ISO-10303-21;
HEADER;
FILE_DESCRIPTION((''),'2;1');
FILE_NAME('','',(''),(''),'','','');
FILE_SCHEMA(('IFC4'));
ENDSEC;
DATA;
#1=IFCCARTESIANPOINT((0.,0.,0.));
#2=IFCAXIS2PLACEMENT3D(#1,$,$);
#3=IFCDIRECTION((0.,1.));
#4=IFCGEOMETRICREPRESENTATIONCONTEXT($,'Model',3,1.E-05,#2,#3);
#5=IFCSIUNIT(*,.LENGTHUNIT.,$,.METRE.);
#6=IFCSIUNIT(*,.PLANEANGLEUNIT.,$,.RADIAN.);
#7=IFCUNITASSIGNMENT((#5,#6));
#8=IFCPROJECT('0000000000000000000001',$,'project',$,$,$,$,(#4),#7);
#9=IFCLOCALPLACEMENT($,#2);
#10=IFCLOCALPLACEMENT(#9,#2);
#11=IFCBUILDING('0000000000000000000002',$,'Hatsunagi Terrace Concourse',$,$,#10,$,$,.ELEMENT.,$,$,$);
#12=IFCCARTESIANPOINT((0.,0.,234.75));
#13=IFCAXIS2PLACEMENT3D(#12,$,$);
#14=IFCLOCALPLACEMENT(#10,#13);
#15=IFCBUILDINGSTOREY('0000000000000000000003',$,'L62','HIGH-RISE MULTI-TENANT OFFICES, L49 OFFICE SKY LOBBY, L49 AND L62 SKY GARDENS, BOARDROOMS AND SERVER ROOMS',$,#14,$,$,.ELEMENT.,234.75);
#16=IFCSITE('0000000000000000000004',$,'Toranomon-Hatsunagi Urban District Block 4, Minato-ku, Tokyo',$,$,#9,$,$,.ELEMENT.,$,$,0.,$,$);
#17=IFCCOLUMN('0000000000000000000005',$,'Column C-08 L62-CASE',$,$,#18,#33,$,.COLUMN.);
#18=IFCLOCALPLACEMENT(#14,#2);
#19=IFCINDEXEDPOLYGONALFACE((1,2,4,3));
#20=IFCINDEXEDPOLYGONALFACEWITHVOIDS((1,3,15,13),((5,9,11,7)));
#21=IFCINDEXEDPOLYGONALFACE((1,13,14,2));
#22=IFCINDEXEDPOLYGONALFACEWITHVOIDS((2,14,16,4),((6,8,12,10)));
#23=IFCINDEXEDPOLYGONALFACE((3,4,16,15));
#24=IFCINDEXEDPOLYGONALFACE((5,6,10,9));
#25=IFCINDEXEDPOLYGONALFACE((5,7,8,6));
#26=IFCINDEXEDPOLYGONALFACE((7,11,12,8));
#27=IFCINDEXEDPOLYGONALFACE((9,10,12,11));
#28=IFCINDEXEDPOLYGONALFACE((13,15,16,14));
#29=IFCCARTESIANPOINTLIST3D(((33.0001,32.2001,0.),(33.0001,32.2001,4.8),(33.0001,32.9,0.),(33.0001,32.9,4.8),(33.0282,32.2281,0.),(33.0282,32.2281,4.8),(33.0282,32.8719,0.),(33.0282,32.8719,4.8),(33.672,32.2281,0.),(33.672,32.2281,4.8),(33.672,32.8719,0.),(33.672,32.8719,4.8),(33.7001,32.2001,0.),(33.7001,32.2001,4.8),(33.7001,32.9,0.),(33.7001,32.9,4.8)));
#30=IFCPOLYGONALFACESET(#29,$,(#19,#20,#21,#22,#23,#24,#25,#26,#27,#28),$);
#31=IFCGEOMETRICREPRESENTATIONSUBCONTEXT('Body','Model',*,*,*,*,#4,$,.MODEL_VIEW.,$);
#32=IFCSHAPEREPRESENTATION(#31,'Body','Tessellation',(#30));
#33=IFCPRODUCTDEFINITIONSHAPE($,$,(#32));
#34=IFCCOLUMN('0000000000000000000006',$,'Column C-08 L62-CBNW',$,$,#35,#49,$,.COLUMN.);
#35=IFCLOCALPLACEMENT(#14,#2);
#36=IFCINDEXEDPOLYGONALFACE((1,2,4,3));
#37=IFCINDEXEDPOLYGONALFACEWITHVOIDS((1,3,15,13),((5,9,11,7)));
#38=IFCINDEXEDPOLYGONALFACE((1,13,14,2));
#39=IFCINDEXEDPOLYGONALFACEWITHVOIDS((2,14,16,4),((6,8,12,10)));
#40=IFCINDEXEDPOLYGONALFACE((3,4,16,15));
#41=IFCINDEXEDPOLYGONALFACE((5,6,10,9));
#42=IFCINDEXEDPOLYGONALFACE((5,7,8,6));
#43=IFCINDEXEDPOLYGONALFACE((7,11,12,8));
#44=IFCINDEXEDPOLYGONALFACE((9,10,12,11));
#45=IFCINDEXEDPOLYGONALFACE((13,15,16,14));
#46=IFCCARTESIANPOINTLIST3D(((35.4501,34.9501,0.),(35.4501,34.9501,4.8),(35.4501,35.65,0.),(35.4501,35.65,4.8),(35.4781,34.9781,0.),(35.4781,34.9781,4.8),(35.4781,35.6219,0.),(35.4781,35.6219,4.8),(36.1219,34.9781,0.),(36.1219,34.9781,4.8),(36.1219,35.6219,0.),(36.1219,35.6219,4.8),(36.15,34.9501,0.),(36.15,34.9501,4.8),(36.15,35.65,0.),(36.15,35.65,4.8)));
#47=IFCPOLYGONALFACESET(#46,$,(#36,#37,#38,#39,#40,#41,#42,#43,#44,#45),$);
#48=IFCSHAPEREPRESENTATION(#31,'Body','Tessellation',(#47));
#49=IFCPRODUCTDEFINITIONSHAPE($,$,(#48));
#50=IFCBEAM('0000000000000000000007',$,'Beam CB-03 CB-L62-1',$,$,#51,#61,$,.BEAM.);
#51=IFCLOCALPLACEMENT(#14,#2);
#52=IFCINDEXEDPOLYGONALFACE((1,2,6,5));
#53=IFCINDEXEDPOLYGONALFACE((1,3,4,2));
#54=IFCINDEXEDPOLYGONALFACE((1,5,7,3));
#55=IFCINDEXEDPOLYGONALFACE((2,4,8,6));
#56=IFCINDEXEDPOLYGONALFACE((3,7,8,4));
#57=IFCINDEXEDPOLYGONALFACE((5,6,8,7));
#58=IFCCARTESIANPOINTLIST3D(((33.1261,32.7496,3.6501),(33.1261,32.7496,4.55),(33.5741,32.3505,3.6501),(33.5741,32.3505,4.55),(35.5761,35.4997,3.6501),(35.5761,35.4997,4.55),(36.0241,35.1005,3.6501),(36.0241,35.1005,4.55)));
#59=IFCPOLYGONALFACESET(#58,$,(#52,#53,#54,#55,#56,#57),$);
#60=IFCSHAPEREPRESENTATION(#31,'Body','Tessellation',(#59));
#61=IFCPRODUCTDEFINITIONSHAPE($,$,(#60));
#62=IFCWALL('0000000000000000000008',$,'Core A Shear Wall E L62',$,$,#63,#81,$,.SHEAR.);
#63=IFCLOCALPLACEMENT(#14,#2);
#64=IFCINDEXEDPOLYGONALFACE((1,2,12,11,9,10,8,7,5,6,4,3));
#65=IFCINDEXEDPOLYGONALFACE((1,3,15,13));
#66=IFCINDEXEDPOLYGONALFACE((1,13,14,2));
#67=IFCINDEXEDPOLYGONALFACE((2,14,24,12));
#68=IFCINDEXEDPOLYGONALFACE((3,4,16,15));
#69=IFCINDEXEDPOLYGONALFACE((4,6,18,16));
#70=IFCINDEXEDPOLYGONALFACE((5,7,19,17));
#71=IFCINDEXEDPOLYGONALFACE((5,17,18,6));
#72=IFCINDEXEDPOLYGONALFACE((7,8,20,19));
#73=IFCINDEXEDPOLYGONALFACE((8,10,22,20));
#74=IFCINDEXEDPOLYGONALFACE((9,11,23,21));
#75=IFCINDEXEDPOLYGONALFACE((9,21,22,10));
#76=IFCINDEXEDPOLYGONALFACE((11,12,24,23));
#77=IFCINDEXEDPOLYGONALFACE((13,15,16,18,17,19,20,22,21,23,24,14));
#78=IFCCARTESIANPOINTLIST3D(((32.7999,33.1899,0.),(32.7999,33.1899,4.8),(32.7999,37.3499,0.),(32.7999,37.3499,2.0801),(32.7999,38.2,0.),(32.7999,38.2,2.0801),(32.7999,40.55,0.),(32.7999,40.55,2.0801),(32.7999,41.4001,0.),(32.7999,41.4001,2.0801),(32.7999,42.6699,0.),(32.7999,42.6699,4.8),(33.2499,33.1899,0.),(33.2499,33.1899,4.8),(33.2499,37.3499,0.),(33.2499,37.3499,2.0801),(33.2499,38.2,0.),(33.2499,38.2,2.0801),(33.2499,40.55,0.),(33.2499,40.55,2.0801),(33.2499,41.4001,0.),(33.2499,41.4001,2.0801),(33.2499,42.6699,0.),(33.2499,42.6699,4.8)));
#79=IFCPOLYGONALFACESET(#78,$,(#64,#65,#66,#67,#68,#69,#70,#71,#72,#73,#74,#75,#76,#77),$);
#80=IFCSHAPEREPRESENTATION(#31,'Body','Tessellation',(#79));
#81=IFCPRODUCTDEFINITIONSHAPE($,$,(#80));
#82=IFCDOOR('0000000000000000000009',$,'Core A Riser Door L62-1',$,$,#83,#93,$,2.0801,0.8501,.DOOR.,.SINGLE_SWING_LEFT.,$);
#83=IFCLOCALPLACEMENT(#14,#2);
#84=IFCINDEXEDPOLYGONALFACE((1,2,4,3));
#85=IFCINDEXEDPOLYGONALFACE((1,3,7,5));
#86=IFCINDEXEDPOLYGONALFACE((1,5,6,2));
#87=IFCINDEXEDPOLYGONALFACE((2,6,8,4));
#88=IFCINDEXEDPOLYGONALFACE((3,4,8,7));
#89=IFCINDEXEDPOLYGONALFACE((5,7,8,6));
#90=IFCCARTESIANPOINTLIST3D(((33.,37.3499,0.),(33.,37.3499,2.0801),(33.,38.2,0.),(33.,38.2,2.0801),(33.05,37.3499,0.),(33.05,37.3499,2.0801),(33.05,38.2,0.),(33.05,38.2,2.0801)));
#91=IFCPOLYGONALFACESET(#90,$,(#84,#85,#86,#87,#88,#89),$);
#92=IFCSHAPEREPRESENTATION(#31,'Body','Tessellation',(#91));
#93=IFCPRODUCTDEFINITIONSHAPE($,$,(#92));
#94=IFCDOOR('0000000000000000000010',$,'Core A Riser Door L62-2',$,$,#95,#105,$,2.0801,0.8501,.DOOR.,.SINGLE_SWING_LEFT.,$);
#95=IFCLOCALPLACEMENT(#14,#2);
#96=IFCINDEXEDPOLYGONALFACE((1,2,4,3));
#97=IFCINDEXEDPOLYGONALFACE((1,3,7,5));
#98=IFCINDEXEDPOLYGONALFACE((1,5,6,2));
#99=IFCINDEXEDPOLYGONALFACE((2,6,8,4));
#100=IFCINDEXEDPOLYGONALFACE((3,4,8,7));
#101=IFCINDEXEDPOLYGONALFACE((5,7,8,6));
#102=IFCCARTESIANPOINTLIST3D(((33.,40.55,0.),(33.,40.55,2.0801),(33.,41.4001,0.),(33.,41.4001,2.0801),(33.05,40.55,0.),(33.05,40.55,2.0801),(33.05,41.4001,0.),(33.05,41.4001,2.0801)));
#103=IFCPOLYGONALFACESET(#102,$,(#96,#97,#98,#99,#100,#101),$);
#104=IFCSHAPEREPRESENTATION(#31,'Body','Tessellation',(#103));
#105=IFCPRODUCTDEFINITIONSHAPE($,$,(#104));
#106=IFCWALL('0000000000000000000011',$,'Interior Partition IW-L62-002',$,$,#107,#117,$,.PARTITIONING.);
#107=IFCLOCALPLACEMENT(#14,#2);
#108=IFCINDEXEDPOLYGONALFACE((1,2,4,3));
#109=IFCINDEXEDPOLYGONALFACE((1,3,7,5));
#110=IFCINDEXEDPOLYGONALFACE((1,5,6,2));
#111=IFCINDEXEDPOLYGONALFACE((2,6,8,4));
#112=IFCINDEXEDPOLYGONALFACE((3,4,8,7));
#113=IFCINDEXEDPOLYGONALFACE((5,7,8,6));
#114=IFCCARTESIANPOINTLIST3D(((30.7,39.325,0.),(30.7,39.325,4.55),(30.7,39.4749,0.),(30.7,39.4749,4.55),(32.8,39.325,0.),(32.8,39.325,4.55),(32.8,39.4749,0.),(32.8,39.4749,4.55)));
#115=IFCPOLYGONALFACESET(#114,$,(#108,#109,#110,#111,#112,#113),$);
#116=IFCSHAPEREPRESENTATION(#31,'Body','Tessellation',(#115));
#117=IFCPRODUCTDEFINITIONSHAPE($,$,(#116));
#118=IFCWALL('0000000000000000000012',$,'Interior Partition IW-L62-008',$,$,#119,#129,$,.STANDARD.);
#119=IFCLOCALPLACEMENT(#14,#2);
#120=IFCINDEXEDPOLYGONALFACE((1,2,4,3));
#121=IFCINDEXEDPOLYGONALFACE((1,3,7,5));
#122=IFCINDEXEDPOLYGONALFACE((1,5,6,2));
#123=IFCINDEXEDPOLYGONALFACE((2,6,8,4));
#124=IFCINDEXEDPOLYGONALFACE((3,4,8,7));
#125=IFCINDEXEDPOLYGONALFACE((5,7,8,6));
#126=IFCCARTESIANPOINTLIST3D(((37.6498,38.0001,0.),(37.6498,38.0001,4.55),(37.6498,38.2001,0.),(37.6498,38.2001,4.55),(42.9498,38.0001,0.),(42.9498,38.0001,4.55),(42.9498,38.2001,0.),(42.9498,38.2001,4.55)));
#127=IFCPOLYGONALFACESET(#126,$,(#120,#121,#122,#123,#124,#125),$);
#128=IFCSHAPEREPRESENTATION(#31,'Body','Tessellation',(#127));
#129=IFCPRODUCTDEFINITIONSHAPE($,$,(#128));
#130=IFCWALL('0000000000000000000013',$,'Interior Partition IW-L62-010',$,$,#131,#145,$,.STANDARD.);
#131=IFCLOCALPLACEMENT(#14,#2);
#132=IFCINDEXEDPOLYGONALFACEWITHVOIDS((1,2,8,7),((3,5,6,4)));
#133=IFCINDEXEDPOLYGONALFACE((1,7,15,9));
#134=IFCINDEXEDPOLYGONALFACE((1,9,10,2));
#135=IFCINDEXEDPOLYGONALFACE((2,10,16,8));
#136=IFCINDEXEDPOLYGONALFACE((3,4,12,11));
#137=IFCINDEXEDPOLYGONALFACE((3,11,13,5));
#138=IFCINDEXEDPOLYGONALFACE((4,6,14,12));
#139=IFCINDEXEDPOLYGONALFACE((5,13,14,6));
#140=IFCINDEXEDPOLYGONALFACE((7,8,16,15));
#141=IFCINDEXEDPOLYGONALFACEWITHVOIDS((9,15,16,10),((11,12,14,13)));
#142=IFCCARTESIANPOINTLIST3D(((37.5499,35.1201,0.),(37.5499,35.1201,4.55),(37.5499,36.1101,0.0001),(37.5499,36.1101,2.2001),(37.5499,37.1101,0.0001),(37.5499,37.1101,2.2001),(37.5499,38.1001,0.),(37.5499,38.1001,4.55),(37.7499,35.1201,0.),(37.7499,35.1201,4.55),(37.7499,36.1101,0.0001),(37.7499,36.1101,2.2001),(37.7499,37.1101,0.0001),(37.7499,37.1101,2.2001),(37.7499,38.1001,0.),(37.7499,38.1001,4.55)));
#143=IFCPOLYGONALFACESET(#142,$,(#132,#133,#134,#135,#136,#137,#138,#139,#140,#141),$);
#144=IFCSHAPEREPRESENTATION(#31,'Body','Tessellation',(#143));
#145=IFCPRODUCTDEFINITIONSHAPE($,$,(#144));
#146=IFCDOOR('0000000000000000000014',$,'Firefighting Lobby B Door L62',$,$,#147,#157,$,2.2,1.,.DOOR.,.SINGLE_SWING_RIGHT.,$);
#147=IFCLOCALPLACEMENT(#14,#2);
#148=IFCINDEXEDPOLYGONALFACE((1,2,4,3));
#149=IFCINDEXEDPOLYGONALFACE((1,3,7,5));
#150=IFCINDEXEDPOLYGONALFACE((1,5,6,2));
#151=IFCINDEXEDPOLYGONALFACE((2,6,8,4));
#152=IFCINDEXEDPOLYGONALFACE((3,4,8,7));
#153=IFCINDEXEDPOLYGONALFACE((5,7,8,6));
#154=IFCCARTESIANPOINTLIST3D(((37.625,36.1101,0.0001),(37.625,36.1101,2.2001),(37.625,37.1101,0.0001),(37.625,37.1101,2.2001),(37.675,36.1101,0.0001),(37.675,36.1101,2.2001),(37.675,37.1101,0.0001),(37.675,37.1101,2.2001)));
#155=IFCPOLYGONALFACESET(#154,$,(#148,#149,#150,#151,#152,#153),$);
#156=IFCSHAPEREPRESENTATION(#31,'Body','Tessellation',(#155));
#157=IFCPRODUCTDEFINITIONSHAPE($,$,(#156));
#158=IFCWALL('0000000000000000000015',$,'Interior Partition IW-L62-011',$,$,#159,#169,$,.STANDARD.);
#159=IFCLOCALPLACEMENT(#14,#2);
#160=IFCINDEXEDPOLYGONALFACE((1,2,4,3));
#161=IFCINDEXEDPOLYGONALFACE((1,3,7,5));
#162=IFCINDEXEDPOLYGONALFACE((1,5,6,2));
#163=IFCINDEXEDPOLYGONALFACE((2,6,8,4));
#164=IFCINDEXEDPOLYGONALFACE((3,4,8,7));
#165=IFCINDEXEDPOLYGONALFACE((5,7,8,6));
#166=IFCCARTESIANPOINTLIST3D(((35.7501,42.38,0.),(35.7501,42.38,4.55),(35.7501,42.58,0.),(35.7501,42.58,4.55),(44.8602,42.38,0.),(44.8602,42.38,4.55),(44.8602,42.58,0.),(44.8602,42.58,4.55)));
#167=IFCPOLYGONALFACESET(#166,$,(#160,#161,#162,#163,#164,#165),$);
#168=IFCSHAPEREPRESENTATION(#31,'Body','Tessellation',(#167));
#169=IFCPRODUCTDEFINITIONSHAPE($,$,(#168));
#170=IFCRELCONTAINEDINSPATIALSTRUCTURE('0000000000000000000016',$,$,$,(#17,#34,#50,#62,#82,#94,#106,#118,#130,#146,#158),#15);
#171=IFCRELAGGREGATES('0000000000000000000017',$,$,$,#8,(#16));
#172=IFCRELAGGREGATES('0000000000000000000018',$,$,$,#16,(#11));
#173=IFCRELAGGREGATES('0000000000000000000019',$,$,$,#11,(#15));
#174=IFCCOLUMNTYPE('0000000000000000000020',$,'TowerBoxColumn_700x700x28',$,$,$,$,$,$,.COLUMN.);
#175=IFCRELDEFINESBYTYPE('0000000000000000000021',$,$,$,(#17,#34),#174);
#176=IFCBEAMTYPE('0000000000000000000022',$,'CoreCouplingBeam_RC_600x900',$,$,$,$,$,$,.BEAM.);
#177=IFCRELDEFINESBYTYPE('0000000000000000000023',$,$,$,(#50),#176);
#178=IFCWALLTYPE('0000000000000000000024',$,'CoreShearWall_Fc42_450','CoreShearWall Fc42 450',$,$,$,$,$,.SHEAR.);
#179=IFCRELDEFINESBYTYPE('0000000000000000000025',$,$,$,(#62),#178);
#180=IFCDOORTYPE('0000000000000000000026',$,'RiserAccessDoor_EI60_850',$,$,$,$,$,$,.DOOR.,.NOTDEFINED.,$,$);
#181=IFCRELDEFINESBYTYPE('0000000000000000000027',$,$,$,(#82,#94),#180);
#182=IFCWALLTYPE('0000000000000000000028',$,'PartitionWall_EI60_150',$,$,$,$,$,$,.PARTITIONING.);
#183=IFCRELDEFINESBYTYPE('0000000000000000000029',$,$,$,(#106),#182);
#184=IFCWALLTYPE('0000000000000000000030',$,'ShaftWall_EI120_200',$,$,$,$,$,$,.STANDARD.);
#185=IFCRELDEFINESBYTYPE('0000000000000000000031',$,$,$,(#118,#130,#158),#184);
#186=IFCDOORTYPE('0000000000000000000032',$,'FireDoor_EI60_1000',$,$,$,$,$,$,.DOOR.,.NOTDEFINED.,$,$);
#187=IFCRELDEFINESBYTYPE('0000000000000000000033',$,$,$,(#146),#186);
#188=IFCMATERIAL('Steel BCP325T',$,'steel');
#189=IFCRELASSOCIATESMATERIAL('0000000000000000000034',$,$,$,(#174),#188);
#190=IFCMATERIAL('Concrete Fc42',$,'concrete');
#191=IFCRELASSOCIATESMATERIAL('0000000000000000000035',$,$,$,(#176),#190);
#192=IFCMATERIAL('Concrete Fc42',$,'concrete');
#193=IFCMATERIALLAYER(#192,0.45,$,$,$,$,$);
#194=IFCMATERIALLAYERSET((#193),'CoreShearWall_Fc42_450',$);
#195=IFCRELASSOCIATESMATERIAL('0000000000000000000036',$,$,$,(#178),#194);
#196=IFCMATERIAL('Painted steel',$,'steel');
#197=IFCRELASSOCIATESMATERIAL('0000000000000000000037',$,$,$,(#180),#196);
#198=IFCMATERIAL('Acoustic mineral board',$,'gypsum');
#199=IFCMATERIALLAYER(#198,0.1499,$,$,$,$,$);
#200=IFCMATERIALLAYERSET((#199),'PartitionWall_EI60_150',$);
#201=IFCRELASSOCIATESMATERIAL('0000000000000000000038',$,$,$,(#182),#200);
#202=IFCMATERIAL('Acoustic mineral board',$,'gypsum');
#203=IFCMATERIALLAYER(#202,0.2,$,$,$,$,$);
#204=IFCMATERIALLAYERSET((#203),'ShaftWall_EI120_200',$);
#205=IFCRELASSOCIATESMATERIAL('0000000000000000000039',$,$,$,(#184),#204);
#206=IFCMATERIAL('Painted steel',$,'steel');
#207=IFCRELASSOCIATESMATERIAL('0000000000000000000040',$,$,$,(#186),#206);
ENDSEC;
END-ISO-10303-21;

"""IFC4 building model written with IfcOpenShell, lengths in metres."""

from ifc_helpers import new_model, si_unit, direction, frame, frame_2d, origin, origin_2d, place, context, subcontext, project, spatial, rectangle, hollow_rectangle, extrude, material, layer, layer_set, material_profile, profile_set, type_object, element, fill, save


model = new_model("IFC4")

# Units and contexts
model_context = context("Model", 3, precision=1e-05, world=origin(), true_north=direction((0.0, 1.0)))
body_context = subcontext(model_context, "Body", "Model", "MODEL_VIEW")
ifc_project = project(units=[si_unit("LENGTHUNIT", "METRE"), si_unit("PLANEANGLEUNIT", "RADIAN")], contexts=[model_context])

# Site, building, storey
site_placement = place(None, origin())
site = spatial("IfcSite", under=ifc_project, at=site_placement, Name="Toranomon-Hatsunagi Urban District Block 4, Minato-ku, Tokyo", CompositionType="ELEMENT", RefElevation=0.0)
building_placement = place(site_placement, origin())
building = spatial("IfcBuilding", under=site, at=building_placement, Name="Hatsunagi Terrace Concourse", CompositionType="ELEMENT")
storey_placement = place(building_placement, frame((0.0, 0.0, 234.75)))
storey = spatial("IfcBuildingStorey", under=building, at=storey_placement, Name="L62", Description="HIGH-RISE MULTI-TENANT OFFICES, L49 OFFICE SKY LOBBY, L49 AND L62 SKY GARDENS, BOARDROOMS AND SERVER ROOMS", CompositionType="ELEMENT", Elevation=234.75)

# Columns
ifc_material_1 = material(Name="Steel BCP325T", Category="steel")
ifc_material_profile_1 = material_profile(ifc_material_1, hollow_rectangle(XDim=0.7, YDim=0.7, WallThickness=0.0281, at=origin_2d()), Name="BCP-700x700x28")
ifc_profile_set_1 = profile_set([ifc_material_profile_1], Name="Steel BCP325T")
column_type = type_object("IfcColumnType", Name="TowerBoxColumn_700x700x28", PredefinedType="COLUMN", material=ifc_profile_set_1)
for number, where, z_axis, x_axis, name in (
    (1, (33.3501, 32.55, 0.0), (0.0, 0.0, 1.0), (1.0, 0.0, 0.0), "Column C-08 L62-CASE"),
    (2, (35.8, 35.3, 0.0), (0.0, 0.0, 1.0), (1.0, 0.0, 0.0), "Column C-08 L62-CBNW"),
):
    element("IfcColumn", number, at=place(storey_placement, frame(where, z_axis=z_axis, x_axis=x_axis)), inside=storey, type_object=column_type, Name=name, PredefinedType="COLUMN", context=body_context, shape_type="SweptSolid", body=[
        extrude(hollow_rectangle(XDim=0.7, YDim=0.7, WallThickness=0.0281, at=origin_2d()), origin(), (0.0, 0.0, 1.0), 4.8),
    ])

# Beam
ifc_material_2 = material(Name="Concrete Fc42", Category="concrete")
ifc_material_profile_2 = material_profile(ifc_material_2, rectangle(XDim=0.6001, YDim=0.8999, at=origin_2d()), Name="RC-600x900")
ifc_profile_set_2 = profile_set([ifc_material_profile_2], Name="Concrete Fc42")
beam_type = type_object("IfcBeamType", Name="CoreCouplingBeam_RC_600x900", PredefinedType="BEAM", material=ifc_profile_set_2)
beam_placement = place(storey_placement, frame((33.3501, 32.55, 4.1001), z_axis=(0.665199, 0.746666, 0.0), x_axis=(-0.746666, 0.665199, 0.0)))
element("IfcBeam", 3, at=beam_placement, inside=storey, type_object=beam_type, Name="Beam CB-03 CB-L62-1", PredefinedType="BEAM", context=body_context, shape_type="SweptSolid", body=[
    extrude(rectangle(XDim=0.6001, YDim=0.8999, at=origin_2d()), origin(), (0.0, 0.0, 1.0), 3.6831),
])

# Wall, openings, doors
ifc_material_3 = material(Name="Concrete Fc42", Category="concrete")
ifc_layer_1 = layer(ifc_material_3, 0.45)
ifc_layer_set_1 = layer_set([ifc_layer_1], Name="CoreShearWall_Fc42_450")
wall_type_1 = type_object("IfcWallType", Name="CoreShearWall_Fc42_450", Description="CoreShearWall Fc42 450", PredefinedType="SHEAR", material=ifc_layer_set_1)
wall_1_placement = place(storey_placement, frame((33.0249, 33.1899, 0.0), z_axis=(0.0, 0.0, 1.0), x_axis=(0.0, 1.0, 0.0)))
wall_1 = element("IfcWall", 4, at=wall_1_placement, inside=storey, type_object=wall_type_1, Name="Core A Shear Wall E L62", PredefinedType="SHEAR", context=body_context, shape_type="SweptSolid", body=[
    extrude(rectangle(XDim=9.48, YDim=0.45, at=frame_2d((4.74, 0.0))), origin(), (0.0, 0.0, 1.0), 4.8),
])
opening_1_placement = place(wall_1_placement, frame((4.1599, 0.0, 0.0)))
opening_1 = element("IfcOpeningElement", 5, at=opening_1_placement, cuts=wall_1, PredefinedType="OPENING", context=body_context, shape_type="SweptSolid", body=[
    extrude(rectangle(XDim=0.8501, YDim=2.0801, at=frame_2d((0.425, 1.04))), frame((0.0, 0.2349, 0.0), z_axis=(0.0, -1.0, 0.0), x_axis=(1.0, 0.0, 0.0)), (0.0, 0.0, 1.0), 0.47),
])
opening_2_placement = place(wall_1_placement, frame((7.3601, 0.0, 0.0)))
opening_2 = element("IfcOpeningElement", 6, at=opening_2_placement, cuts=wall_1, PredefinedType="OPENING", context=body_context, shape_type="SweptSolid", body=[
    extrude(rectangle(XDim=0.8501, YDim=2.0801, at=frame_2d((0.425, 1.04))), frame((0.0, 0.2349, 0.0), z_axis=(0.0, -1.0, 0.0), x_axis=(1.0, 0.0, 0.0)), (0.0, 0.0, 1.0), 0.47),
])
ifc_material_4 = material(Name="Painted steel", Category="steel")
door_type_1 = type_object("IfcDoorType", Name="RiserAccessDoor_EI60_850", OperationType="NOTDEFINED", PredefinedType="DOOR", material=ifc_material_4)
door_1_placement = place(opening_1_placement, origin())
door_1 = element("IfcDoor", 7, at=door_1_placement, inside=storey, type_object=door_type_1, Name="Core A Riser Door L62-1", OperationType="SINGLE_SWING_LEFT", OverallHeight=2.0801, OverallWidth=0.8501, PredefinedType="DOOR", context=body_context, shape_type="SweptSolid", body=[
    extrude(rectangle(XDim=0.8501, YDim=2.0801, at=frame_2d((0.425, 1.04))), frame((0.0, 0.0249, 0.0), z_axis=(0.0, -1.0, 0.0), x_axis=(1.0, 0.0, 0.0)), (0.0, 0.0, 1.0), 0.05),
])
fill(opening_1, door_1)
door_2_placement = place(opening_2_placement, origin())
door_2 = element("IfcDoor", 8, at=door_2_placement, inside=storey, type_object=door_type_1, Name="Core A Riser Door L62-2", OperationType="SINGLE_SWING_LEFT", OverallHeight=2.0801, OverallWidth=0.8501, PredefinedType="DOOR", context=body_context, shape_type="SweptSolid", body=[
    extrude(rectangle(XDim=0.8501, YDim=2.0801, at=frame_2d((0.425, 1.04))), frame((0.0, 0.0249, 0.0), z_axis=(0.0, -1.0, 0.0), x_axis=(1.0, 0.0, 0.0)), (0.0, 0.0, 1.0), 0.05),
])
fill(opening_2, door_2)

# Walls
ifc_material_5 = material(Name="Acoustic mineral board", Category="gypsum")
ifc_layer_2 = layer(ifc_material_5, 0.1499)
ifc_layer_set_2 = layer_set([ifc_layer_2], Name="PartitionWall_EI60_150")
wall_type_2 = type_object("IfcWallType", Name="PartitionWall_EI60_150", PredefinedType="PARTITIONING", material=ifc_layer_set_2)
wall_2_placement = place(storey_placement, frame((30.7, 39.3999, 0.0), z_axis=(0.0, 0.0, 1.0), x_axis=(1.0, 0.0, 0.0)))
element("IfcWall", 9, at=wall_2_placement, inside=storey, type_object=wall_type_2, Name="Interior Partition IW-L62-002", PredefinedType="PARTITIONING", context=body_context, shape_type="SweptSolid", body=[
    extrude(rectangle(XDim=2.1001, YDim=0.1499, at=frame_2d((1.05, 0.0))), origin(), (0.0, 0.0, 1.0), 4.55),
])
ifc_material_6 = material(Name="Acoustic mineral board", Category="gypsum")
ifc_layer_3 = layer(ifc_material_6, 0.2)
ifc_layer_set_3 = layer_set([ifc_layer_3], Name="ShaftWall_EI120_200")
wall_type_3 = type_object("IfcWallType", Name="ShaftWall_EI120_200", PredefinedType="STANDARD", material=ifc_layer_set_3)
wall_3_placement = place(storey_placement, frame((37.6499, 38.1001, 0.0), z_axis=(0.0, 0.0, 1.0), x_axis=(1.0, 0.0, 0.0)))
element("IfcWall", 10, at=wall_3_placement, inside=storey, type_object=wall_type_3, Name="Interior Partition IW-L62-008", PredefinedType="STANDARD", context=body_context, shape_type="SweptSolid", body=[
    extrude(rectangle(XDim=5.3, YDim=0.2, at=frame_2d((2.6499, 0.0))), origin(), (0.0, 0.0, 1.0), 4.55),
])

# Wall, opening, door
wall_4_placement = place(storey_placement, frame((37.6499, 35.1201, 0.0), z_axis=(0.0, 0.0, 1.0), x_axis=(0.0, 1.0, 0.0)))
wall_4 = element("IfcWall", 11, at=wall_4_placement, inside=storey, type_object=wall_type_3, Name="Interior Partition IW-L62-010", PredefinedType="STANDARD", context=body_context, shape_type="SweptSolid", body=[
    extrude(rectangle(XDim=2.98, YDim=0.2, at=frame_2d((1.49, 0.0))), origin(), (0.0, 0.0, 1.0), 4.55),
])
opening_3_placement = place(wall_4_placement, frame((0.99, 0.0, 0.0)))
opening_3 = element("IfcOpeningElement", 12, at=opening_3_placement, cuts=wall_4, PredefinedType="OPENING", context=body_context, shape_type="SweptSolid", body=[
    extrude(rectangle(XDim=1.0, YDim=2.2, at=frame_2d((0.5, 1.1001))), frame((0.0, 0.1099, 0.0), z_axis=(0.0, -1.0, 0.0), x_axis=(1.0, 0.0, 0.0)), (0.0, 0.0, 1.0), 0.22),
])
ifc_material_7 = material(Name="Painted steel", Category="steel")
door_type_2 = type_object("IfcDoorType", Name="FireDoor_EI60_1000", OperationType="NOTDEFINED", PredefinedType="DOOR", material=ifc_material_7)
door_3_placement = place(opening_3_placement, origin())
door_3 = element("IfcDoor", 13, at=door_3_placement, inside=storey, type_object=door_type_2, Name="Firefighting Lobby B Door L62", OperationType="SINGLE_SWING_RIGHT", OverallHeight=2.2, OverallWidth=1.0, PredefinedType="DOOR", context=body_context, shape_type="SweptSolid", body=[
    extrude(rectangle(XDim=1.0, YDim=2.2, at=frame_2d((0.5, 1.1001))), frame((0.0, 0.0249, 0.0), z_axis=(0.0, -1.0, 0.0), x_axis=(1.0, 0.0, 0.0)), (0.0, 0.0, 1.0), 0.05),
])
fill(opening_3, door_3)

# Wall
wall_5_placement = place(storey_placement, frame((35.75, 42.48, 0.0), z_axis=(0.0, 0.0, 1.0), x_axis=(1.0, 0.0, 0.0)))
element("IfcWall", 14, at=wall_5_placement, inside=storey, type_object=wall_type_3, Name="Interior Partition IW-L62-011", PredefinedType="STANDARD", context=body_context, shape_type="SweptSolid", body=[
    extrude(rectangle(XDim=9.1101, YDim=0.2, at=frame_2d((4.5552, 0.0))), origin(), (0.0, 0.0, 1.0), 4.55),
])

save(model, "model.ifc")
